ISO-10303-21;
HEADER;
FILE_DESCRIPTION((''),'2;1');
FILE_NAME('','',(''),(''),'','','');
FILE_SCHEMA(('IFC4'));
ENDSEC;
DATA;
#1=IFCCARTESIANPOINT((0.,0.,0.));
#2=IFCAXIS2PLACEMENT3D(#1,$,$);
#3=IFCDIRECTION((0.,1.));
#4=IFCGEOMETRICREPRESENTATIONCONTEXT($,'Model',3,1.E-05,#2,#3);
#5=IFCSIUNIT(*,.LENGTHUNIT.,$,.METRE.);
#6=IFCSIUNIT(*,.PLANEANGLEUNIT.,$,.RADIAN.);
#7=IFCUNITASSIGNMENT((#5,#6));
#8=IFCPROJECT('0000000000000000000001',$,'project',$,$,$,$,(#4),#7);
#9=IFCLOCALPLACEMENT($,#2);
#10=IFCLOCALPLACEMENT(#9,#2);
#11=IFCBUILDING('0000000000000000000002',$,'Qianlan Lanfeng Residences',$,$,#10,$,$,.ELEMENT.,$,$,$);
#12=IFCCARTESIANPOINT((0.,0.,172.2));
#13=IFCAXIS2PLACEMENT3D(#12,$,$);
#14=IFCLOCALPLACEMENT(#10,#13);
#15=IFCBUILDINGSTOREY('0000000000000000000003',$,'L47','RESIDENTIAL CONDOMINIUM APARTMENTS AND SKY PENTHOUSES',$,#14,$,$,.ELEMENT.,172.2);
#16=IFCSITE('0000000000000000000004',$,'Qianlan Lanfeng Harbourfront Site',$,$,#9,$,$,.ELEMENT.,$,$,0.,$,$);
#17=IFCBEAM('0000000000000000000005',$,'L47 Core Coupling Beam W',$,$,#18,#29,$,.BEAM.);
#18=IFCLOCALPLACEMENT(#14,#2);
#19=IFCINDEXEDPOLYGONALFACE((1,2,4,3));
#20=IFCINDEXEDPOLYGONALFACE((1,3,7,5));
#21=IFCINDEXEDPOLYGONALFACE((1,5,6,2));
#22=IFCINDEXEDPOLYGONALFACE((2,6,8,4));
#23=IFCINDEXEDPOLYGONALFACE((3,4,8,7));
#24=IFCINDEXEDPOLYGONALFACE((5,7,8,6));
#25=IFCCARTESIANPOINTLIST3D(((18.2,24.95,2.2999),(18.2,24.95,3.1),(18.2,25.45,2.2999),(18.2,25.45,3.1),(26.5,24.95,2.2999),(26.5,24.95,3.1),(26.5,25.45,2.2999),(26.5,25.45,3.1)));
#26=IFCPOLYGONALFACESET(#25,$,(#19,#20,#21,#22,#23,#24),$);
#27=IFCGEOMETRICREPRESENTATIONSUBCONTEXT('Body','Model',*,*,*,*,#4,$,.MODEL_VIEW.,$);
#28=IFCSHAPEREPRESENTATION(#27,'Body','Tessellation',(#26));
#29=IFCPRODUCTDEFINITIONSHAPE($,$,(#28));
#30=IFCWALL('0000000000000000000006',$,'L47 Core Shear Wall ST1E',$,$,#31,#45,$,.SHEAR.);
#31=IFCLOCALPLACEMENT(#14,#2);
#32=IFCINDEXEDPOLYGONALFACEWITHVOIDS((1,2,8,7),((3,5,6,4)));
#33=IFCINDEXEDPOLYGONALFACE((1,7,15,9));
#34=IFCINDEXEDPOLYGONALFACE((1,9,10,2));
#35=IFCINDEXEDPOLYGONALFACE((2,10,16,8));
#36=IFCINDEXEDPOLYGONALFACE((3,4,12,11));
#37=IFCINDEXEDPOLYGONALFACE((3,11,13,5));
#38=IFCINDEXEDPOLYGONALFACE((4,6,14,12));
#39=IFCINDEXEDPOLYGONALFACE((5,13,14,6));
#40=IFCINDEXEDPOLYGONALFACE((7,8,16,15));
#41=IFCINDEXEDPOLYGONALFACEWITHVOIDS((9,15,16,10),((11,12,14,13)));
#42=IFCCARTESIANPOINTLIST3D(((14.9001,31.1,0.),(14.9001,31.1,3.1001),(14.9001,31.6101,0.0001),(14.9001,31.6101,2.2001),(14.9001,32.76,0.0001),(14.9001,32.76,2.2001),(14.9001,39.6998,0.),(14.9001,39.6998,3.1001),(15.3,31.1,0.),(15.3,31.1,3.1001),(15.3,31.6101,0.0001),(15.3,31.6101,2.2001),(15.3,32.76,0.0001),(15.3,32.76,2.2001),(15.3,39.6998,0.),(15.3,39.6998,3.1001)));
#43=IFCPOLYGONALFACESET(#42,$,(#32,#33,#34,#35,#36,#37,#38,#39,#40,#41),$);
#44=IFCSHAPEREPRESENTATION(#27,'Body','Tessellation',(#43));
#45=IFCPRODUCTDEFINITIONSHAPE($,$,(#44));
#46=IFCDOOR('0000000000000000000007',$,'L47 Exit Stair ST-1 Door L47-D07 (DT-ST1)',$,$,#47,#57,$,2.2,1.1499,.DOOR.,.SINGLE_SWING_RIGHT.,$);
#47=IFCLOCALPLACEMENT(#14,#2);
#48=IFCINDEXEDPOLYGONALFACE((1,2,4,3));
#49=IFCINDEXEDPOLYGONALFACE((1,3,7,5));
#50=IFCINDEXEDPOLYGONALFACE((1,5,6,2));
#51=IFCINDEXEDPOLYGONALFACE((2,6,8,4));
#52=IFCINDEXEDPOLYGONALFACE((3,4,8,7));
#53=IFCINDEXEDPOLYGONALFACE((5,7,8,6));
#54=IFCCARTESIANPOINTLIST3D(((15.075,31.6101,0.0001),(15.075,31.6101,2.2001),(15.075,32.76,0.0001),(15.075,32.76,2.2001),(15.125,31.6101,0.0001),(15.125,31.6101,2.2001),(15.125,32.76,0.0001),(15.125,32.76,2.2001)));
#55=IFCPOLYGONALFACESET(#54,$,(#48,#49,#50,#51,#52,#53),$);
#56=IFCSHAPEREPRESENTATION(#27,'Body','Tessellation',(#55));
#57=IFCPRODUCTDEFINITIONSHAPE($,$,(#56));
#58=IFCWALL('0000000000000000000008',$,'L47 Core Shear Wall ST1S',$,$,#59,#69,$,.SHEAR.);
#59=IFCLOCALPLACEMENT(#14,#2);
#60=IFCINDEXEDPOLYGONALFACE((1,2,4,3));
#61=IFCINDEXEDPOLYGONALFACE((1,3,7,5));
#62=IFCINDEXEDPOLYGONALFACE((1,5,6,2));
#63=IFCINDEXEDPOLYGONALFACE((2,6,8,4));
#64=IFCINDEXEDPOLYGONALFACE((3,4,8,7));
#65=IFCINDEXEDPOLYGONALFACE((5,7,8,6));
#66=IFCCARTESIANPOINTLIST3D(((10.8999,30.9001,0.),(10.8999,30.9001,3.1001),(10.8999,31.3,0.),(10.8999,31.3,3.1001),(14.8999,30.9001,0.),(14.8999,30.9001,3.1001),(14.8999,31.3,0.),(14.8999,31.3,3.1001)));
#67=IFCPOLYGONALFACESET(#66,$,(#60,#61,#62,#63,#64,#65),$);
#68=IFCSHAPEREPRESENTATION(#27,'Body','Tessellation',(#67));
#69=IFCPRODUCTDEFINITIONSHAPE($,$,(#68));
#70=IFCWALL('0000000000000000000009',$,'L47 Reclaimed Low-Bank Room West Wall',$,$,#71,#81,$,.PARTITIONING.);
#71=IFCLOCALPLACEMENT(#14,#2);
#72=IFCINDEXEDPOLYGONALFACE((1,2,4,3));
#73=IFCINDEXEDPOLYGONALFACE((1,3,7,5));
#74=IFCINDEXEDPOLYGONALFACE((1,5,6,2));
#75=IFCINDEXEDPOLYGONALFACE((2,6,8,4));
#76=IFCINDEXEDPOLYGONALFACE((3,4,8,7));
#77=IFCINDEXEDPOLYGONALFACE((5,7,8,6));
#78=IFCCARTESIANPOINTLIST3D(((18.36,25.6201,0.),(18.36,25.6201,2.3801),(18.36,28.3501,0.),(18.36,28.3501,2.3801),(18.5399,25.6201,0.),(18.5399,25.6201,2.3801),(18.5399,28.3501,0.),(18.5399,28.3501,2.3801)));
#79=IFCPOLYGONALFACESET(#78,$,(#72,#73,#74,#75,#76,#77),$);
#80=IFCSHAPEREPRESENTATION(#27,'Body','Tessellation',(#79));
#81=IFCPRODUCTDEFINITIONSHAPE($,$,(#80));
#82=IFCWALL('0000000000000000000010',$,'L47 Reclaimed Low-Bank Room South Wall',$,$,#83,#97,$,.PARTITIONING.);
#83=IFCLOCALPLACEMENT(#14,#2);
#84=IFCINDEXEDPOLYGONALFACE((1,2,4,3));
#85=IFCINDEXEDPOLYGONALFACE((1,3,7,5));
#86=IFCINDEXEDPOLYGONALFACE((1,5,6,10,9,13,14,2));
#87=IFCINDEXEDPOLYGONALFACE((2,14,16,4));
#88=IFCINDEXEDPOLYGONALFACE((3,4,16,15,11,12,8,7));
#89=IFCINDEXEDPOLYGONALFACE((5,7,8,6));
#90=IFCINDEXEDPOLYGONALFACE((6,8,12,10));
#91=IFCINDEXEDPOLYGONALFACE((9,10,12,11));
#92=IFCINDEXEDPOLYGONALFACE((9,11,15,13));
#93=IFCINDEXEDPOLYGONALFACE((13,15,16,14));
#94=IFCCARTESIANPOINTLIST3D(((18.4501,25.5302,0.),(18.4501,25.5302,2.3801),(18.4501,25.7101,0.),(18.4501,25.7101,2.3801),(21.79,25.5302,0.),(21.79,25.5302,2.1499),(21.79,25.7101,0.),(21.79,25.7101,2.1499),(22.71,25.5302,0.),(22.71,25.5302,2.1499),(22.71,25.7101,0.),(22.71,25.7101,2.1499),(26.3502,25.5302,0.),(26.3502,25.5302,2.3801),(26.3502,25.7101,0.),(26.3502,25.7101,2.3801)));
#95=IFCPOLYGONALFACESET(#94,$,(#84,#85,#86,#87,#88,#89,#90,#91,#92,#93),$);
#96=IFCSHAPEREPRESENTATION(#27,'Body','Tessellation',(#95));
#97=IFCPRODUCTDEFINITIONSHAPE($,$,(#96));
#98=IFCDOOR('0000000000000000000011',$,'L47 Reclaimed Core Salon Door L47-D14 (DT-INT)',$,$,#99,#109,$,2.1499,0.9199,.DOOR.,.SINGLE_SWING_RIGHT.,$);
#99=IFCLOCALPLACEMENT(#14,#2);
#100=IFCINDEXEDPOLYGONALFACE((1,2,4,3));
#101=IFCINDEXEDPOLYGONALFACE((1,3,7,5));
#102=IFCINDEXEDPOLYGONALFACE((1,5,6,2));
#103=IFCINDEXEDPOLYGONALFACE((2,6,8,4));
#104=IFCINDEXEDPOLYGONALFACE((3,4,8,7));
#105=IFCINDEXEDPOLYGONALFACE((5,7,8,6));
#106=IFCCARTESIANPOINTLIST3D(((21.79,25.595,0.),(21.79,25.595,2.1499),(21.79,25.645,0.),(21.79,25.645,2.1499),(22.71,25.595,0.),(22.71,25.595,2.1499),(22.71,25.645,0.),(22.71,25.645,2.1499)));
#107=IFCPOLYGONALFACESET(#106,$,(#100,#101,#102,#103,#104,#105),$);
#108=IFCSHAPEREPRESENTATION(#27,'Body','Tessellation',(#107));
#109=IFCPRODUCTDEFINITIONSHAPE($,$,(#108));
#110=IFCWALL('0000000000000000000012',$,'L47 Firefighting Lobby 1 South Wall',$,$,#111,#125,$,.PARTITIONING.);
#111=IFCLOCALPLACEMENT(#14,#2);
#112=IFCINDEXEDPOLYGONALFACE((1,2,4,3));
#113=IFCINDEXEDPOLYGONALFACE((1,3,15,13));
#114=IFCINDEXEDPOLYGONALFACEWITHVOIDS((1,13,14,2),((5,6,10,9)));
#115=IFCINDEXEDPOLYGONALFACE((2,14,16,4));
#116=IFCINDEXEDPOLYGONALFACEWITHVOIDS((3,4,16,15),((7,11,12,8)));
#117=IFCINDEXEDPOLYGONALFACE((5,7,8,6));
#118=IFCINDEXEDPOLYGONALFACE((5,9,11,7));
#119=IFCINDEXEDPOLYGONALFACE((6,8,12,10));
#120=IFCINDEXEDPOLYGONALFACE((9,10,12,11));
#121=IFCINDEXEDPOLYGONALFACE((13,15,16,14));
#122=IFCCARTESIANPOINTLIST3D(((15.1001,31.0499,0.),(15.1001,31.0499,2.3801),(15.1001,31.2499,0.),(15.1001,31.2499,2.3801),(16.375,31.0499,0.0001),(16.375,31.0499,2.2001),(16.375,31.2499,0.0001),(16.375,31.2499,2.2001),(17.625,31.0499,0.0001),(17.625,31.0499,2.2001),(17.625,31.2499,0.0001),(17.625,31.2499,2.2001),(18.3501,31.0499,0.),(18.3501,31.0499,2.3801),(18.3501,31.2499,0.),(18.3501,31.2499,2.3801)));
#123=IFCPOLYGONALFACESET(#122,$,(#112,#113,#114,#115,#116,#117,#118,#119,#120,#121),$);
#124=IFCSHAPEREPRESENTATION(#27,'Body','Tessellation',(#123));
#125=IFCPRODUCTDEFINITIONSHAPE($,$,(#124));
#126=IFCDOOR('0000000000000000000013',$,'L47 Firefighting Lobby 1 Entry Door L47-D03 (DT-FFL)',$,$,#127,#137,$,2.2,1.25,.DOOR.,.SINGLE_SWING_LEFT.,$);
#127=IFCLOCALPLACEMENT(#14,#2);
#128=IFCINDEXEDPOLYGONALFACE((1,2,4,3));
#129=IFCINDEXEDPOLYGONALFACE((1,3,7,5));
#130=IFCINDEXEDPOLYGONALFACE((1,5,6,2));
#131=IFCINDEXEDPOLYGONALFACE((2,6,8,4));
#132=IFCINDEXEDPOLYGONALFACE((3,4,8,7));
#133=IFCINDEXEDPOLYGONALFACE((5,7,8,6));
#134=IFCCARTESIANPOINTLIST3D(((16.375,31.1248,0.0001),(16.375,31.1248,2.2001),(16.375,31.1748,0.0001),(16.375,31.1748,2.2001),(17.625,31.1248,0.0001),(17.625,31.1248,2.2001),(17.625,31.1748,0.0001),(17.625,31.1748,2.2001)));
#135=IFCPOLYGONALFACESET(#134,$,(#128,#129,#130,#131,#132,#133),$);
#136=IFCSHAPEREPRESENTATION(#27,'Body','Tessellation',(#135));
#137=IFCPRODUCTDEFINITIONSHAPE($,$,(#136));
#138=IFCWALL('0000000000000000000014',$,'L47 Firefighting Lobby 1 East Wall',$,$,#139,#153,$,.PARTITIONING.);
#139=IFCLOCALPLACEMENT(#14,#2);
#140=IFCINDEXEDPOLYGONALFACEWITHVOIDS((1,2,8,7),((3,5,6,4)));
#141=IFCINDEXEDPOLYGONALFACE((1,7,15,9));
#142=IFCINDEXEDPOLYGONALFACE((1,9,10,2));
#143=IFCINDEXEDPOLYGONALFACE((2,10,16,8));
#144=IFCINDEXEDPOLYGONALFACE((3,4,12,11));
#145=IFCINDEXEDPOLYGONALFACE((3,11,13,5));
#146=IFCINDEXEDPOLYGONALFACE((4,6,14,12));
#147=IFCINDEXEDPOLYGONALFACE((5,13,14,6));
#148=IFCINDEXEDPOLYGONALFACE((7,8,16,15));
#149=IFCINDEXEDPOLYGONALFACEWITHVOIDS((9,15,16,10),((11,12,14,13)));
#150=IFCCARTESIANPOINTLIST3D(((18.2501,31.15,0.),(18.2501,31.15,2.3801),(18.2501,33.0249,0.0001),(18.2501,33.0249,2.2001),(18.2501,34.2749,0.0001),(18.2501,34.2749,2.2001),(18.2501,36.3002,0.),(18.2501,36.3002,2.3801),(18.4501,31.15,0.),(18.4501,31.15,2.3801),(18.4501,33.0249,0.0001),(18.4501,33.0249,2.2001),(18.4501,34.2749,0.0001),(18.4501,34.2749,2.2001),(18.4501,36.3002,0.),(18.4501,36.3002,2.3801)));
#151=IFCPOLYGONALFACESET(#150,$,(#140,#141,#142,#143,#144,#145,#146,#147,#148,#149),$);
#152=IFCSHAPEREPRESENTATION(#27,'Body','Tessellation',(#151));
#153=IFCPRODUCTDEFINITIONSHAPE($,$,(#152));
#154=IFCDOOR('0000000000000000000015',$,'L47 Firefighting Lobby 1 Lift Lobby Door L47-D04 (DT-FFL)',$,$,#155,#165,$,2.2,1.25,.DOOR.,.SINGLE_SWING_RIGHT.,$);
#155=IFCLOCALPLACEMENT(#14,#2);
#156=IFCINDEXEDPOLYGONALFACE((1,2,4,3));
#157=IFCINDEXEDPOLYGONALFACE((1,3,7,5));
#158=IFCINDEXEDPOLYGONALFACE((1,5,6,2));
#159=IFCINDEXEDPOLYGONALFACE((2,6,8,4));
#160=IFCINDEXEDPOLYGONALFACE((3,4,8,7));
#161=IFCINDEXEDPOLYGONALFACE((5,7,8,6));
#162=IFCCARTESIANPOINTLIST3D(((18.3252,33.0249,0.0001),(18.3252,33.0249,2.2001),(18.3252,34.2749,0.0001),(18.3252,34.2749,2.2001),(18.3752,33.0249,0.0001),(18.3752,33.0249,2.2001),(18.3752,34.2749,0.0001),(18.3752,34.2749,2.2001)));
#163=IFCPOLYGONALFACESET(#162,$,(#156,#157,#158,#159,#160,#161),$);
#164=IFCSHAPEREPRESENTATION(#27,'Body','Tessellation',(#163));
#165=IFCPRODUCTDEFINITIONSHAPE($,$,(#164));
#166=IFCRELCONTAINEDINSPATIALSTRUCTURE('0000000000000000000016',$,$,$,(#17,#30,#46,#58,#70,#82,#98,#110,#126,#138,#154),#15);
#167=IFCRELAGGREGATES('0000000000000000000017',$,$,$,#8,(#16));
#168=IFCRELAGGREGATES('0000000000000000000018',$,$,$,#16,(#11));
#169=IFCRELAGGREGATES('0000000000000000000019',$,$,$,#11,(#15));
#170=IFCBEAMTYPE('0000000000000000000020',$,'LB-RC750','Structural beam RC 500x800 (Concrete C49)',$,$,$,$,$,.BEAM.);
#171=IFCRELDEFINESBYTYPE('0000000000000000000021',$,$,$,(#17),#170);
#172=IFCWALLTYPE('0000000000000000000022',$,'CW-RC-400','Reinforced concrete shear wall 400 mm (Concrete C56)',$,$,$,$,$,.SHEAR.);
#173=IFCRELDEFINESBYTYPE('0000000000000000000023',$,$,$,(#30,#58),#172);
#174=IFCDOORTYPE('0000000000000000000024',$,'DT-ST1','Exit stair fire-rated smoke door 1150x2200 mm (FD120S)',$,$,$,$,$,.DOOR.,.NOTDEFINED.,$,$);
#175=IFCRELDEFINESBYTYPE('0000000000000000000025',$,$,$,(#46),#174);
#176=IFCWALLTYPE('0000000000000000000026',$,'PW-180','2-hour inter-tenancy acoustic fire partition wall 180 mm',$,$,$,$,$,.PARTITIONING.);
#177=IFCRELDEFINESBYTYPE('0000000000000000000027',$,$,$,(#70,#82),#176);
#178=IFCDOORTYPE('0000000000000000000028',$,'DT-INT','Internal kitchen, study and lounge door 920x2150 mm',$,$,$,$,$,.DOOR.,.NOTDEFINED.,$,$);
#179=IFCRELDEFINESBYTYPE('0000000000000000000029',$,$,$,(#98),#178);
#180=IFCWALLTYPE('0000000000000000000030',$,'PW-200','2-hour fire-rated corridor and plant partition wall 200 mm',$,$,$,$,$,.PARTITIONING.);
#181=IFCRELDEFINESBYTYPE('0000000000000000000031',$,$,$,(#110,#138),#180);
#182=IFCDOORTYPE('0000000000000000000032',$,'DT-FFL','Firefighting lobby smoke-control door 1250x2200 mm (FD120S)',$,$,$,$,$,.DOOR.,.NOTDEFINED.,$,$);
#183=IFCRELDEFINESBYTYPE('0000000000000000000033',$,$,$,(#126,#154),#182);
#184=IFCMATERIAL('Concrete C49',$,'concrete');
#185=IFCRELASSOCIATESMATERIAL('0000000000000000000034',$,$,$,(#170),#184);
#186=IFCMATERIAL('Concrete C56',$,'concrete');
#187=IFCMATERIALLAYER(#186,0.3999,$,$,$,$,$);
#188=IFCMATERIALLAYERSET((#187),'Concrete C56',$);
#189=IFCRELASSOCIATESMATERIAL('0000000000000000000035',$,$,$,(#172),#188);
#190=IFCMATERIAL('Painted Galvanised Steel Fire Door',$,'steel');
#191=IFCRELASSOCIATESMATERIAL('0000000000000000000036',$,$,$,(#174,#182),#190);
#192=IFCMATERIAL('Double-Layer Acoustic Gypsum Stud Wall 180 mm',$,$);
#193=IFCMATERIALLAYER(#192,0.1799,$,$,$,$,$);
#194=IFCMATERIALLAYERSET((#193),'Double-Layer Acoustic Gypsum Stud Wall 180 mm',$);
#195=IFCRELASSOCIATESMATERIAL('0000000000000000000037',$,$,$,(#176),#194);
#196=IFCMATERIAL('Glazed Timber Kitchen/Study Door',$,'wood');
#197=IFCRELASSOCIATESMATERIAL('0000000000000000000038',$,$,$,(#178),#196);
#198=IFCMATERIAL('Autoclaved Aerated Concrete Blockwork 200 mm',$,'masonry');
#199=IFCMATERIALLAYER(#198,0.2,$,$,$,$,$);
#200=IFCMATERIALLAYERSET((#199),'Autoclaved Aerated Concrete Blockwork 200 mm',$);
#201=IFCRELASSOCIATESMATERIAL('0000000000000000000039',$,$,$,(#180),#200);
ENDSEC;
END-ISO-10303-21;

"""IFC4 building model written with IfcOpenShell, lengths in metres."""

from ifc_helpers import new_model, si_unit, direction, frame, frame_2d, origin, origin_2d, place, context, subcontext, project, spatial, rectangle, extrude, material, layer, layer_set, material_profile, profile_set, type_object, element, fill, save


model = new_model("IFC4")

# Units and contexts
model_context = context("Model", 3, precision=1e-05, world=origin(), true_north=direction((0.0, 1.0)))
body_context = subcontext(model_context, "Body", "Model", "MODEL_VIEW")
ifc_project = project(units=[si_unit("LENGTHUNIT", "METRE"), si_unit("PLANEANGLEUNIT", "RADIAN")], contexts=[model_context])

# Site, building, storey
site_placement = place(None, origin())
site = spatial("IfcSite", under=ifc_project, at=site_placement, Name="Qianlan Lanfeng Harbourfront Site", CompositionType="ELEMENT", RefElevation=0.0)
building_placement = place(site_placement, origin())
building = spatial("IfcBuilding", under=site, at=building_placement, Name="Qianlan Lanfeng Residences", CompositionType="ELEMENT")
storey_placement = place(building_placement, frame((0.0, 0.0, 172.2)))
storey = spatial("IfcBuildingStorey", under=building, at=storey_placement, Name="L47", Description="RESIDENTIAL CONDOMINIUM APARTMENTS AND SKY PENTHOUSES", CompositionType="ELEMENT", Elevation=172.2)

# Beam
ifc_material_1 = material(Name="Concrete C49", Category="concrete")
ifc_material_profile = material_profile(ifc_material_1, rectangle(XDim=0.5, YDim=0.8, at=origin_2d()), Name="RC 500x800")
ifc_profile_set = profile_set([ifc_material_profile], Name="Concrete C49")
beam_type = type_object("IfcBeamType", Name="LB-RC750", Description="Structural beam RC 500x800 (Concrete C49)", PredefinedType="BEAM", material=ifc_profile_set)
beam_placement = place(storey_placement, frame((18.2, 25.2, 2.7), z_axis=(1.0, 0.0, 0.0), x_axis=(0.0, 1.0, 0.0)))
element("IfcBeam", 1, at=beam_placement, inside=storey, type_object=beam_type, Name="L47 Core Coupling Beam W", PredefinedType="BEAM", context=body_context, shape_type="SweptSolid", body=[
    extrude(rectangle(XDim=0.5, YDim=0.8, at=origin_2d()), origin(), (0.0, 0.0, 1.0), 8.3),
])

# Wall, opening, door
ifc_material_2 = material(Name="Concrete C56", Category="concrete")
ifc_layer_1 = layer(ifc_material_2, 0.3999)
ifc_layer_set_1 = layer_set([ifc_layer_1], Name="Concrete C56")
wall_type_1 = type_object("IfcWallType", Name="CW-RC-400", Description="Reinforced concrete shear wall 400 mm (Concrete C56)", PredefinedType="SHEAR", material=ifc_layer_set_1)
wall_1_placement = place(storey_placement, frame((15.1001, 31.1001, 0.0), z_axis=(0.0, 0.0, 1.0), x_axis=(0.0, 1.0, 0.0)))
wall_1 = element("IfcWall", 2, at=wall_1_placement, inside=storey, type_object=wall_type_1, Name="L47 Core Shear Wall ST1E", PredefinedType="SHEAR", context=body_context, shape_type="SweptSolid", body=[
    extrude(rectangle(XDim=8.5999, YDim=0.3999, at=frame_2d((4.2998, 0.0))), origin(), (0.0, 0.0, 1.0), 3.1001),
])
opening_1_placement = place(wall_1_placement, frame((0.51, 0.0, 0.0)))
opening_1 = element("IfcOpeningElement", 3, at=opening_1_placement, cuts=wall_1, PredefinedType="OPENING", context=body_context, shape_type="SweptSolid", body=[
    extrude(rectangle(XDim=1.1499, YDim=2.2, at=frame_2d((0.575, 1.1001))), frame((0.0, 0.21, 0.0), z_axis=(0.0, -1.0, 0.0), x_axis=(1.0, 0.0, 0.0)), (0.0, 0.0, 1.0), 0.4199),
])
ifc_material_3 = material(Name="Painted Galvanised Steel Fire Door", Category="steel")
door_type_1 = type_object("IfcDoorType", Name="DT-ST1", Description="Exit stair fire-rated smoke door 1150x2200 mm (FD120S)", OperationType="NOTDEFINED", PredefinedType="DOOR", material=ifc_material_3)
door_1_placement = place(opening_1_placement, frame((1.1499, 0.0, 0.0), z_axis=(0.0, 0.0, 1.0), x_axis=(-1.0, 0.0, 0.0)))
door_1 = element("IfcDoor", 4, at=door_1_placement, inside=storey, type_object=door_type_1, Name="L47 Exit Stair ST-1 Door L47-D07 (DT-ST1)", OperationType="SINGLE_SWING_RIGHT", OverallHeight=2.2, OverallWidth=1.1499, PredefinedType="DOOR", context=body_context, shape_type="SweptSolid", body=[
    extrude(rectangle(XDim=1.1499, YDim=2.2, at=frame_2d((0.575, 1.1001))), frame((0.0, 0.0249, 0.0), z_axis=(0.0, -1.0, 0.0), x_axis=(1.0, 0.0, 0.0)), (0.0, 0.0, 1.0), 0.05),
])
fill(opening_1, door_1)

# Wall
wall_2_placement = place(storey_placement, frame((10.8999, 31.1001, 0.0), z_axis=(0.0, 0.0, 1.0), x_axis=(1.0, 0.0, 0.0)))
element("IfcWall", 5, at=wall_2_placement, inside=storey, type_object=wall_type_1, Name="L47 Core Shear Wall ST1S", PredefinedType="SHEAR", context=body_context, shape_type="SweptSolid", body=[
    extrude(rectangle(XDim=4.0, YDim=0.3999, at=frame_2d((2.0, 0.0))), origin(), (0.0, 0.0, 1.0), 3.1001),
])

# Shared definitions
ifc_material_4 = material(Name="Double-Layer Acoustic Gypsum Stud Wall 180 mm")
ifc_layer_2 = layer(ifc_material_4, 0.1799)
ifc_layer_set_2 = layer_set([ifc_layer_2], Name="Double-Layer Acoustic Gypsum Stud Wall 180 mm")
wall_type_2 = type_object("IfcWallType", Name="PW-180", Description="2-hour inter-tenancy acoustic fire partition wall 180 mm", PredefinedType="PARTITIONING", material=ifc_layer_set_2)
ifc_material_5 = material(Name="Glazed Timber Kitchen/Study Door", Category="wood")
door_type_2 = type_object("IfcDoorType", Name="DT-INT", Description="Internal kitchen, study and lounge door 920x2150 mm", OperationType="NOTDEFINED", PredefinedType="DOOR", material=ifc_material_5)

# Wall
wall_3_placement = place(storey_placement, frame((18.45, 25.6201, 0.0), z_axis=(0.0, 0.0, 1.0), x_axis=(0.0, 1.0, 0.0)))
element("IfcWall", 6, at=wall_3_placement, inside=storey, type_object=wall_type_2, Name="L47 Reclaimed Low-Bank Room West Wall", PredefinedType="PARTITIONING", context=body_context, shape_type="SweptSolid", body=[
    extrude(rectangle(XDim=2.73, YDim=0.1799, at=frame_2d((1.365, 0.0))), origin(), (0.0, 0.0, 1.0), 2.3801),
])

# Walls, openings, doors
wall_4_placement = place(storey_placement, frame((18.45, 25.6201, 0.0), z_axis=(0.0, 0.0, 1.0), x_axis=(1.0, 0.0, 0.0)))
wall_4 = element("IfcWall", 7, at=wall_4_placement, inside=storey, type_object=wall_type_2, Name="L47 Reclaimed Low-Bank Room South Wall", PredefinedType="PARTITIONING", context=body_context, shape_type="SweptSolid", body=[
    extrude(rectangle(XDim=7.9001, YDim=0.1799, at=frame_2d((3.9502, 0.0))), origin(), (0.0, 0.0, 1.0), 2.3801),
])
opening_2_placement = place(wall_4_placement, frame((3.3401, 0.0, 0.0)))
opening_2 = element("IfcOpeningElement", 8, at=opening_2_placement, cuts=wall_4, PredefinedType="OPENING", context=body_context, shape_type="SweptSolid", body=[
    extrude(rectangle(XDim=0.9199, YDim=2.1499, at=frame_2d((0.46, 1.075))), frame((0.0, 0.1001, 0.0), z_axis=(0.0, -1.0, 0.0), x_axis=(1.0, 0.0, 0.0)), (0.0, 0.0, 1.0), 0.2),
])
door_2_placement = place(opening_2_placement, origin())
door_2 = element("IfcDoor", 9, at=door_2_placement, inside=storey, type_object=door_type_2, Name="L47 Reclaimed Core Salon Door L47-D14 (DT-INT)", OperationType="SINGLE_SWING_RIGHT", OverallHeight=2.1499, OverallWidth=0.9199, PredefinedType="DOOR", context=body_context, shape_type="SweptSolid", body=[
    extrude(rectangle(XDim=0.9199, YDim=2.1499, at=frame_2d((0.46, 1.075))), frame((0.0, 0.0249, 0.0), z_axis=(0.0, -1.0, 0.0), x_axis=(1.0, 0.0, 0.0)), (0.0, 0.0, 1.0), 0.05),
])
fill(opening_2, door_2)
ifc_material_6 = material(Name="Autoclaved Aerated Concrete Blockwork 200 mm", Category="masonry")
ifc_layer_3 = layer(ifc_material_6, 0.2)
ifc_layer_set_3 = layer_set([ifc_layer_3], Name="Autoclaved Aerated Concrete Blockwork 200 mm")
wall_type_3 = type_object("IfcWallType", Name="PW-200", Description="2-hour fire-rated corridor and plant partition wall 200 mm", PredefinedType="PARTITIONING", material=ifc_layer_set_3)
wall_5_placement = place(storey_placement, frame((15.1001, 31.1499, 0.0), z_axis=(0.0, 0.0, 1.0), x_axis=(1.0, 0.0, 0.0)))
wall_5 = element("IfcWall", 10, at=wall_5_placement, inside=storey, type_object=wall_type_3, Name="L47 Firefighting Lobby 1 South Wall", PredefinedType="PARTITIONING", context=body_context, shape_type="SweptSolid", body=[
    extrude(rectangle(XDim=3.25, YDim=0.2, at=frame_2d((1.625, 0.0))), origin(), (0.0, 0.0, 1.0), 2.3801),
])
opening_3_placement = place(wall_5_placement, frame((1.2749, 0.0, 0.0)))
opening_3 = element("IfcOpeningElement", 11, at=opening_3_placement, cuts=wall_5, PredefinedType="OPENING", context=body_context, shape_type="SweptSolid", body=[
    extrude(rectangle(XDim=1.25, YDim=2.2, at=frame_2d((0.625, 1.1001))), frame((0.0, 0.1099, 0.0), z_axis=(0.0, -1.0, 0.0), x_axis=(1.0, 0.0, 0.0)), (0.0, 0.0, 1.0), 0.22),
])
door_type_3 = type_object("IfcDoorType", Name="DT-FFL", Description="Firefighting lobby smoke-control door 1250x2200 mm (FD120S)", OperationType="NOTDEFINED", PredefinedType="DOOR", material=ifc_material_3)
door_3_placement = place(opening_3_placement, origin())
door_3 = element("IfcDoor", 12, at=door_3_placement, inside=storey, type_object=door_type_3, Name="L47 Firefighting Lobby 1 Entry Door L47-D03 (DT-FFL)", OperationType="SINGLE_SWING_LEFT", OverallHeight=2.2, OverallWidth=1.25, PredefinedType="DOOR", context=body_context, shape_type="SweptSolid", body=[
    extrude(rectangle(XDim=1.25, YDim=2.2, at=frame_2d((0.625, 1.1001))), frame((0.0, 0.0249, 0.0), z_axis=(0.0, -1.0, 0.0), x_axis=(1.0, 0.0, 0.0)), (0.0, 0.0, 1.0), 0.05),
])
fill(opening_3, door_3)
wall_6_placement = place(storey_placement, frame((18.3501, 31.1499, 0.0), z_axis=(0.0, 0.0, 1.0), x_axis=(0.0, 1.0, 0.0)))
wall_6 = element("IfcWall", 13, at=wall_6_placement, inside=storey, type_object=wall_type_3, Name="L47 Firefighting Lobby 1 East Wall", PredefinedType="PARTITIONING", context=body_context, shape_type="SweptSolid", body=[
    extrude(rectangle(XDim=5.1501, YDim=0.2, at=frame_2d((2.5752, 0.0))), origin(), (0.0, 0.0, 1.0), 2.3801),
])
opening_4_placement = place(wall_6_placement, frame((1.875, 0.0, 0.0)))
opening_4 = element("IfcOpeningElement", 14, at=opening_4_placement, cuts=wall_6, PredefinedType="OPENING", context=body_context, shape_type="SweptSolid", body=[
    extrude(rectangle(XDim=1.25, YDim=2.2, at=frame_2d((0.625, 1.1001))), frame((0.0, 0.1099, 0.0), z_axis=(0.0, -1.0, 0.0), x_axis=(1.0, 0.0, 0.0)), (0.0, 0.0, 1.0), 0.22),
])
door_4_placement = place(opening_4_placement, origin())
door_4 = element("IfcDoor", 15, at=door_4_placement, inside=storey, type_object=door_type_3, Name="L47 Firefighting Lobby 1 Lift Lobby Door L47-D04 (DT-FFL)", OperationType="SINGLE_SWING_RIGHT", OverallHeight=2.2, OverallWidth=1.25, PredefinedType="DOOR", context=body_context, shape_type="SweptSolid", body=[
    extrude(rectangle(XDim=1.25, YDim=2.2, at=frame_2d((0.625, 1.1001))), frame((0.0, 0.0249, 0.0), z_axis=(0.0, -1.0, 0.0), x_axis=(1.0, 0.0, 0.0)), (0.0, 0.0, 1.0), 0.05),
])
fill(opening_4, door_4)

save(model, "model.ifc")
